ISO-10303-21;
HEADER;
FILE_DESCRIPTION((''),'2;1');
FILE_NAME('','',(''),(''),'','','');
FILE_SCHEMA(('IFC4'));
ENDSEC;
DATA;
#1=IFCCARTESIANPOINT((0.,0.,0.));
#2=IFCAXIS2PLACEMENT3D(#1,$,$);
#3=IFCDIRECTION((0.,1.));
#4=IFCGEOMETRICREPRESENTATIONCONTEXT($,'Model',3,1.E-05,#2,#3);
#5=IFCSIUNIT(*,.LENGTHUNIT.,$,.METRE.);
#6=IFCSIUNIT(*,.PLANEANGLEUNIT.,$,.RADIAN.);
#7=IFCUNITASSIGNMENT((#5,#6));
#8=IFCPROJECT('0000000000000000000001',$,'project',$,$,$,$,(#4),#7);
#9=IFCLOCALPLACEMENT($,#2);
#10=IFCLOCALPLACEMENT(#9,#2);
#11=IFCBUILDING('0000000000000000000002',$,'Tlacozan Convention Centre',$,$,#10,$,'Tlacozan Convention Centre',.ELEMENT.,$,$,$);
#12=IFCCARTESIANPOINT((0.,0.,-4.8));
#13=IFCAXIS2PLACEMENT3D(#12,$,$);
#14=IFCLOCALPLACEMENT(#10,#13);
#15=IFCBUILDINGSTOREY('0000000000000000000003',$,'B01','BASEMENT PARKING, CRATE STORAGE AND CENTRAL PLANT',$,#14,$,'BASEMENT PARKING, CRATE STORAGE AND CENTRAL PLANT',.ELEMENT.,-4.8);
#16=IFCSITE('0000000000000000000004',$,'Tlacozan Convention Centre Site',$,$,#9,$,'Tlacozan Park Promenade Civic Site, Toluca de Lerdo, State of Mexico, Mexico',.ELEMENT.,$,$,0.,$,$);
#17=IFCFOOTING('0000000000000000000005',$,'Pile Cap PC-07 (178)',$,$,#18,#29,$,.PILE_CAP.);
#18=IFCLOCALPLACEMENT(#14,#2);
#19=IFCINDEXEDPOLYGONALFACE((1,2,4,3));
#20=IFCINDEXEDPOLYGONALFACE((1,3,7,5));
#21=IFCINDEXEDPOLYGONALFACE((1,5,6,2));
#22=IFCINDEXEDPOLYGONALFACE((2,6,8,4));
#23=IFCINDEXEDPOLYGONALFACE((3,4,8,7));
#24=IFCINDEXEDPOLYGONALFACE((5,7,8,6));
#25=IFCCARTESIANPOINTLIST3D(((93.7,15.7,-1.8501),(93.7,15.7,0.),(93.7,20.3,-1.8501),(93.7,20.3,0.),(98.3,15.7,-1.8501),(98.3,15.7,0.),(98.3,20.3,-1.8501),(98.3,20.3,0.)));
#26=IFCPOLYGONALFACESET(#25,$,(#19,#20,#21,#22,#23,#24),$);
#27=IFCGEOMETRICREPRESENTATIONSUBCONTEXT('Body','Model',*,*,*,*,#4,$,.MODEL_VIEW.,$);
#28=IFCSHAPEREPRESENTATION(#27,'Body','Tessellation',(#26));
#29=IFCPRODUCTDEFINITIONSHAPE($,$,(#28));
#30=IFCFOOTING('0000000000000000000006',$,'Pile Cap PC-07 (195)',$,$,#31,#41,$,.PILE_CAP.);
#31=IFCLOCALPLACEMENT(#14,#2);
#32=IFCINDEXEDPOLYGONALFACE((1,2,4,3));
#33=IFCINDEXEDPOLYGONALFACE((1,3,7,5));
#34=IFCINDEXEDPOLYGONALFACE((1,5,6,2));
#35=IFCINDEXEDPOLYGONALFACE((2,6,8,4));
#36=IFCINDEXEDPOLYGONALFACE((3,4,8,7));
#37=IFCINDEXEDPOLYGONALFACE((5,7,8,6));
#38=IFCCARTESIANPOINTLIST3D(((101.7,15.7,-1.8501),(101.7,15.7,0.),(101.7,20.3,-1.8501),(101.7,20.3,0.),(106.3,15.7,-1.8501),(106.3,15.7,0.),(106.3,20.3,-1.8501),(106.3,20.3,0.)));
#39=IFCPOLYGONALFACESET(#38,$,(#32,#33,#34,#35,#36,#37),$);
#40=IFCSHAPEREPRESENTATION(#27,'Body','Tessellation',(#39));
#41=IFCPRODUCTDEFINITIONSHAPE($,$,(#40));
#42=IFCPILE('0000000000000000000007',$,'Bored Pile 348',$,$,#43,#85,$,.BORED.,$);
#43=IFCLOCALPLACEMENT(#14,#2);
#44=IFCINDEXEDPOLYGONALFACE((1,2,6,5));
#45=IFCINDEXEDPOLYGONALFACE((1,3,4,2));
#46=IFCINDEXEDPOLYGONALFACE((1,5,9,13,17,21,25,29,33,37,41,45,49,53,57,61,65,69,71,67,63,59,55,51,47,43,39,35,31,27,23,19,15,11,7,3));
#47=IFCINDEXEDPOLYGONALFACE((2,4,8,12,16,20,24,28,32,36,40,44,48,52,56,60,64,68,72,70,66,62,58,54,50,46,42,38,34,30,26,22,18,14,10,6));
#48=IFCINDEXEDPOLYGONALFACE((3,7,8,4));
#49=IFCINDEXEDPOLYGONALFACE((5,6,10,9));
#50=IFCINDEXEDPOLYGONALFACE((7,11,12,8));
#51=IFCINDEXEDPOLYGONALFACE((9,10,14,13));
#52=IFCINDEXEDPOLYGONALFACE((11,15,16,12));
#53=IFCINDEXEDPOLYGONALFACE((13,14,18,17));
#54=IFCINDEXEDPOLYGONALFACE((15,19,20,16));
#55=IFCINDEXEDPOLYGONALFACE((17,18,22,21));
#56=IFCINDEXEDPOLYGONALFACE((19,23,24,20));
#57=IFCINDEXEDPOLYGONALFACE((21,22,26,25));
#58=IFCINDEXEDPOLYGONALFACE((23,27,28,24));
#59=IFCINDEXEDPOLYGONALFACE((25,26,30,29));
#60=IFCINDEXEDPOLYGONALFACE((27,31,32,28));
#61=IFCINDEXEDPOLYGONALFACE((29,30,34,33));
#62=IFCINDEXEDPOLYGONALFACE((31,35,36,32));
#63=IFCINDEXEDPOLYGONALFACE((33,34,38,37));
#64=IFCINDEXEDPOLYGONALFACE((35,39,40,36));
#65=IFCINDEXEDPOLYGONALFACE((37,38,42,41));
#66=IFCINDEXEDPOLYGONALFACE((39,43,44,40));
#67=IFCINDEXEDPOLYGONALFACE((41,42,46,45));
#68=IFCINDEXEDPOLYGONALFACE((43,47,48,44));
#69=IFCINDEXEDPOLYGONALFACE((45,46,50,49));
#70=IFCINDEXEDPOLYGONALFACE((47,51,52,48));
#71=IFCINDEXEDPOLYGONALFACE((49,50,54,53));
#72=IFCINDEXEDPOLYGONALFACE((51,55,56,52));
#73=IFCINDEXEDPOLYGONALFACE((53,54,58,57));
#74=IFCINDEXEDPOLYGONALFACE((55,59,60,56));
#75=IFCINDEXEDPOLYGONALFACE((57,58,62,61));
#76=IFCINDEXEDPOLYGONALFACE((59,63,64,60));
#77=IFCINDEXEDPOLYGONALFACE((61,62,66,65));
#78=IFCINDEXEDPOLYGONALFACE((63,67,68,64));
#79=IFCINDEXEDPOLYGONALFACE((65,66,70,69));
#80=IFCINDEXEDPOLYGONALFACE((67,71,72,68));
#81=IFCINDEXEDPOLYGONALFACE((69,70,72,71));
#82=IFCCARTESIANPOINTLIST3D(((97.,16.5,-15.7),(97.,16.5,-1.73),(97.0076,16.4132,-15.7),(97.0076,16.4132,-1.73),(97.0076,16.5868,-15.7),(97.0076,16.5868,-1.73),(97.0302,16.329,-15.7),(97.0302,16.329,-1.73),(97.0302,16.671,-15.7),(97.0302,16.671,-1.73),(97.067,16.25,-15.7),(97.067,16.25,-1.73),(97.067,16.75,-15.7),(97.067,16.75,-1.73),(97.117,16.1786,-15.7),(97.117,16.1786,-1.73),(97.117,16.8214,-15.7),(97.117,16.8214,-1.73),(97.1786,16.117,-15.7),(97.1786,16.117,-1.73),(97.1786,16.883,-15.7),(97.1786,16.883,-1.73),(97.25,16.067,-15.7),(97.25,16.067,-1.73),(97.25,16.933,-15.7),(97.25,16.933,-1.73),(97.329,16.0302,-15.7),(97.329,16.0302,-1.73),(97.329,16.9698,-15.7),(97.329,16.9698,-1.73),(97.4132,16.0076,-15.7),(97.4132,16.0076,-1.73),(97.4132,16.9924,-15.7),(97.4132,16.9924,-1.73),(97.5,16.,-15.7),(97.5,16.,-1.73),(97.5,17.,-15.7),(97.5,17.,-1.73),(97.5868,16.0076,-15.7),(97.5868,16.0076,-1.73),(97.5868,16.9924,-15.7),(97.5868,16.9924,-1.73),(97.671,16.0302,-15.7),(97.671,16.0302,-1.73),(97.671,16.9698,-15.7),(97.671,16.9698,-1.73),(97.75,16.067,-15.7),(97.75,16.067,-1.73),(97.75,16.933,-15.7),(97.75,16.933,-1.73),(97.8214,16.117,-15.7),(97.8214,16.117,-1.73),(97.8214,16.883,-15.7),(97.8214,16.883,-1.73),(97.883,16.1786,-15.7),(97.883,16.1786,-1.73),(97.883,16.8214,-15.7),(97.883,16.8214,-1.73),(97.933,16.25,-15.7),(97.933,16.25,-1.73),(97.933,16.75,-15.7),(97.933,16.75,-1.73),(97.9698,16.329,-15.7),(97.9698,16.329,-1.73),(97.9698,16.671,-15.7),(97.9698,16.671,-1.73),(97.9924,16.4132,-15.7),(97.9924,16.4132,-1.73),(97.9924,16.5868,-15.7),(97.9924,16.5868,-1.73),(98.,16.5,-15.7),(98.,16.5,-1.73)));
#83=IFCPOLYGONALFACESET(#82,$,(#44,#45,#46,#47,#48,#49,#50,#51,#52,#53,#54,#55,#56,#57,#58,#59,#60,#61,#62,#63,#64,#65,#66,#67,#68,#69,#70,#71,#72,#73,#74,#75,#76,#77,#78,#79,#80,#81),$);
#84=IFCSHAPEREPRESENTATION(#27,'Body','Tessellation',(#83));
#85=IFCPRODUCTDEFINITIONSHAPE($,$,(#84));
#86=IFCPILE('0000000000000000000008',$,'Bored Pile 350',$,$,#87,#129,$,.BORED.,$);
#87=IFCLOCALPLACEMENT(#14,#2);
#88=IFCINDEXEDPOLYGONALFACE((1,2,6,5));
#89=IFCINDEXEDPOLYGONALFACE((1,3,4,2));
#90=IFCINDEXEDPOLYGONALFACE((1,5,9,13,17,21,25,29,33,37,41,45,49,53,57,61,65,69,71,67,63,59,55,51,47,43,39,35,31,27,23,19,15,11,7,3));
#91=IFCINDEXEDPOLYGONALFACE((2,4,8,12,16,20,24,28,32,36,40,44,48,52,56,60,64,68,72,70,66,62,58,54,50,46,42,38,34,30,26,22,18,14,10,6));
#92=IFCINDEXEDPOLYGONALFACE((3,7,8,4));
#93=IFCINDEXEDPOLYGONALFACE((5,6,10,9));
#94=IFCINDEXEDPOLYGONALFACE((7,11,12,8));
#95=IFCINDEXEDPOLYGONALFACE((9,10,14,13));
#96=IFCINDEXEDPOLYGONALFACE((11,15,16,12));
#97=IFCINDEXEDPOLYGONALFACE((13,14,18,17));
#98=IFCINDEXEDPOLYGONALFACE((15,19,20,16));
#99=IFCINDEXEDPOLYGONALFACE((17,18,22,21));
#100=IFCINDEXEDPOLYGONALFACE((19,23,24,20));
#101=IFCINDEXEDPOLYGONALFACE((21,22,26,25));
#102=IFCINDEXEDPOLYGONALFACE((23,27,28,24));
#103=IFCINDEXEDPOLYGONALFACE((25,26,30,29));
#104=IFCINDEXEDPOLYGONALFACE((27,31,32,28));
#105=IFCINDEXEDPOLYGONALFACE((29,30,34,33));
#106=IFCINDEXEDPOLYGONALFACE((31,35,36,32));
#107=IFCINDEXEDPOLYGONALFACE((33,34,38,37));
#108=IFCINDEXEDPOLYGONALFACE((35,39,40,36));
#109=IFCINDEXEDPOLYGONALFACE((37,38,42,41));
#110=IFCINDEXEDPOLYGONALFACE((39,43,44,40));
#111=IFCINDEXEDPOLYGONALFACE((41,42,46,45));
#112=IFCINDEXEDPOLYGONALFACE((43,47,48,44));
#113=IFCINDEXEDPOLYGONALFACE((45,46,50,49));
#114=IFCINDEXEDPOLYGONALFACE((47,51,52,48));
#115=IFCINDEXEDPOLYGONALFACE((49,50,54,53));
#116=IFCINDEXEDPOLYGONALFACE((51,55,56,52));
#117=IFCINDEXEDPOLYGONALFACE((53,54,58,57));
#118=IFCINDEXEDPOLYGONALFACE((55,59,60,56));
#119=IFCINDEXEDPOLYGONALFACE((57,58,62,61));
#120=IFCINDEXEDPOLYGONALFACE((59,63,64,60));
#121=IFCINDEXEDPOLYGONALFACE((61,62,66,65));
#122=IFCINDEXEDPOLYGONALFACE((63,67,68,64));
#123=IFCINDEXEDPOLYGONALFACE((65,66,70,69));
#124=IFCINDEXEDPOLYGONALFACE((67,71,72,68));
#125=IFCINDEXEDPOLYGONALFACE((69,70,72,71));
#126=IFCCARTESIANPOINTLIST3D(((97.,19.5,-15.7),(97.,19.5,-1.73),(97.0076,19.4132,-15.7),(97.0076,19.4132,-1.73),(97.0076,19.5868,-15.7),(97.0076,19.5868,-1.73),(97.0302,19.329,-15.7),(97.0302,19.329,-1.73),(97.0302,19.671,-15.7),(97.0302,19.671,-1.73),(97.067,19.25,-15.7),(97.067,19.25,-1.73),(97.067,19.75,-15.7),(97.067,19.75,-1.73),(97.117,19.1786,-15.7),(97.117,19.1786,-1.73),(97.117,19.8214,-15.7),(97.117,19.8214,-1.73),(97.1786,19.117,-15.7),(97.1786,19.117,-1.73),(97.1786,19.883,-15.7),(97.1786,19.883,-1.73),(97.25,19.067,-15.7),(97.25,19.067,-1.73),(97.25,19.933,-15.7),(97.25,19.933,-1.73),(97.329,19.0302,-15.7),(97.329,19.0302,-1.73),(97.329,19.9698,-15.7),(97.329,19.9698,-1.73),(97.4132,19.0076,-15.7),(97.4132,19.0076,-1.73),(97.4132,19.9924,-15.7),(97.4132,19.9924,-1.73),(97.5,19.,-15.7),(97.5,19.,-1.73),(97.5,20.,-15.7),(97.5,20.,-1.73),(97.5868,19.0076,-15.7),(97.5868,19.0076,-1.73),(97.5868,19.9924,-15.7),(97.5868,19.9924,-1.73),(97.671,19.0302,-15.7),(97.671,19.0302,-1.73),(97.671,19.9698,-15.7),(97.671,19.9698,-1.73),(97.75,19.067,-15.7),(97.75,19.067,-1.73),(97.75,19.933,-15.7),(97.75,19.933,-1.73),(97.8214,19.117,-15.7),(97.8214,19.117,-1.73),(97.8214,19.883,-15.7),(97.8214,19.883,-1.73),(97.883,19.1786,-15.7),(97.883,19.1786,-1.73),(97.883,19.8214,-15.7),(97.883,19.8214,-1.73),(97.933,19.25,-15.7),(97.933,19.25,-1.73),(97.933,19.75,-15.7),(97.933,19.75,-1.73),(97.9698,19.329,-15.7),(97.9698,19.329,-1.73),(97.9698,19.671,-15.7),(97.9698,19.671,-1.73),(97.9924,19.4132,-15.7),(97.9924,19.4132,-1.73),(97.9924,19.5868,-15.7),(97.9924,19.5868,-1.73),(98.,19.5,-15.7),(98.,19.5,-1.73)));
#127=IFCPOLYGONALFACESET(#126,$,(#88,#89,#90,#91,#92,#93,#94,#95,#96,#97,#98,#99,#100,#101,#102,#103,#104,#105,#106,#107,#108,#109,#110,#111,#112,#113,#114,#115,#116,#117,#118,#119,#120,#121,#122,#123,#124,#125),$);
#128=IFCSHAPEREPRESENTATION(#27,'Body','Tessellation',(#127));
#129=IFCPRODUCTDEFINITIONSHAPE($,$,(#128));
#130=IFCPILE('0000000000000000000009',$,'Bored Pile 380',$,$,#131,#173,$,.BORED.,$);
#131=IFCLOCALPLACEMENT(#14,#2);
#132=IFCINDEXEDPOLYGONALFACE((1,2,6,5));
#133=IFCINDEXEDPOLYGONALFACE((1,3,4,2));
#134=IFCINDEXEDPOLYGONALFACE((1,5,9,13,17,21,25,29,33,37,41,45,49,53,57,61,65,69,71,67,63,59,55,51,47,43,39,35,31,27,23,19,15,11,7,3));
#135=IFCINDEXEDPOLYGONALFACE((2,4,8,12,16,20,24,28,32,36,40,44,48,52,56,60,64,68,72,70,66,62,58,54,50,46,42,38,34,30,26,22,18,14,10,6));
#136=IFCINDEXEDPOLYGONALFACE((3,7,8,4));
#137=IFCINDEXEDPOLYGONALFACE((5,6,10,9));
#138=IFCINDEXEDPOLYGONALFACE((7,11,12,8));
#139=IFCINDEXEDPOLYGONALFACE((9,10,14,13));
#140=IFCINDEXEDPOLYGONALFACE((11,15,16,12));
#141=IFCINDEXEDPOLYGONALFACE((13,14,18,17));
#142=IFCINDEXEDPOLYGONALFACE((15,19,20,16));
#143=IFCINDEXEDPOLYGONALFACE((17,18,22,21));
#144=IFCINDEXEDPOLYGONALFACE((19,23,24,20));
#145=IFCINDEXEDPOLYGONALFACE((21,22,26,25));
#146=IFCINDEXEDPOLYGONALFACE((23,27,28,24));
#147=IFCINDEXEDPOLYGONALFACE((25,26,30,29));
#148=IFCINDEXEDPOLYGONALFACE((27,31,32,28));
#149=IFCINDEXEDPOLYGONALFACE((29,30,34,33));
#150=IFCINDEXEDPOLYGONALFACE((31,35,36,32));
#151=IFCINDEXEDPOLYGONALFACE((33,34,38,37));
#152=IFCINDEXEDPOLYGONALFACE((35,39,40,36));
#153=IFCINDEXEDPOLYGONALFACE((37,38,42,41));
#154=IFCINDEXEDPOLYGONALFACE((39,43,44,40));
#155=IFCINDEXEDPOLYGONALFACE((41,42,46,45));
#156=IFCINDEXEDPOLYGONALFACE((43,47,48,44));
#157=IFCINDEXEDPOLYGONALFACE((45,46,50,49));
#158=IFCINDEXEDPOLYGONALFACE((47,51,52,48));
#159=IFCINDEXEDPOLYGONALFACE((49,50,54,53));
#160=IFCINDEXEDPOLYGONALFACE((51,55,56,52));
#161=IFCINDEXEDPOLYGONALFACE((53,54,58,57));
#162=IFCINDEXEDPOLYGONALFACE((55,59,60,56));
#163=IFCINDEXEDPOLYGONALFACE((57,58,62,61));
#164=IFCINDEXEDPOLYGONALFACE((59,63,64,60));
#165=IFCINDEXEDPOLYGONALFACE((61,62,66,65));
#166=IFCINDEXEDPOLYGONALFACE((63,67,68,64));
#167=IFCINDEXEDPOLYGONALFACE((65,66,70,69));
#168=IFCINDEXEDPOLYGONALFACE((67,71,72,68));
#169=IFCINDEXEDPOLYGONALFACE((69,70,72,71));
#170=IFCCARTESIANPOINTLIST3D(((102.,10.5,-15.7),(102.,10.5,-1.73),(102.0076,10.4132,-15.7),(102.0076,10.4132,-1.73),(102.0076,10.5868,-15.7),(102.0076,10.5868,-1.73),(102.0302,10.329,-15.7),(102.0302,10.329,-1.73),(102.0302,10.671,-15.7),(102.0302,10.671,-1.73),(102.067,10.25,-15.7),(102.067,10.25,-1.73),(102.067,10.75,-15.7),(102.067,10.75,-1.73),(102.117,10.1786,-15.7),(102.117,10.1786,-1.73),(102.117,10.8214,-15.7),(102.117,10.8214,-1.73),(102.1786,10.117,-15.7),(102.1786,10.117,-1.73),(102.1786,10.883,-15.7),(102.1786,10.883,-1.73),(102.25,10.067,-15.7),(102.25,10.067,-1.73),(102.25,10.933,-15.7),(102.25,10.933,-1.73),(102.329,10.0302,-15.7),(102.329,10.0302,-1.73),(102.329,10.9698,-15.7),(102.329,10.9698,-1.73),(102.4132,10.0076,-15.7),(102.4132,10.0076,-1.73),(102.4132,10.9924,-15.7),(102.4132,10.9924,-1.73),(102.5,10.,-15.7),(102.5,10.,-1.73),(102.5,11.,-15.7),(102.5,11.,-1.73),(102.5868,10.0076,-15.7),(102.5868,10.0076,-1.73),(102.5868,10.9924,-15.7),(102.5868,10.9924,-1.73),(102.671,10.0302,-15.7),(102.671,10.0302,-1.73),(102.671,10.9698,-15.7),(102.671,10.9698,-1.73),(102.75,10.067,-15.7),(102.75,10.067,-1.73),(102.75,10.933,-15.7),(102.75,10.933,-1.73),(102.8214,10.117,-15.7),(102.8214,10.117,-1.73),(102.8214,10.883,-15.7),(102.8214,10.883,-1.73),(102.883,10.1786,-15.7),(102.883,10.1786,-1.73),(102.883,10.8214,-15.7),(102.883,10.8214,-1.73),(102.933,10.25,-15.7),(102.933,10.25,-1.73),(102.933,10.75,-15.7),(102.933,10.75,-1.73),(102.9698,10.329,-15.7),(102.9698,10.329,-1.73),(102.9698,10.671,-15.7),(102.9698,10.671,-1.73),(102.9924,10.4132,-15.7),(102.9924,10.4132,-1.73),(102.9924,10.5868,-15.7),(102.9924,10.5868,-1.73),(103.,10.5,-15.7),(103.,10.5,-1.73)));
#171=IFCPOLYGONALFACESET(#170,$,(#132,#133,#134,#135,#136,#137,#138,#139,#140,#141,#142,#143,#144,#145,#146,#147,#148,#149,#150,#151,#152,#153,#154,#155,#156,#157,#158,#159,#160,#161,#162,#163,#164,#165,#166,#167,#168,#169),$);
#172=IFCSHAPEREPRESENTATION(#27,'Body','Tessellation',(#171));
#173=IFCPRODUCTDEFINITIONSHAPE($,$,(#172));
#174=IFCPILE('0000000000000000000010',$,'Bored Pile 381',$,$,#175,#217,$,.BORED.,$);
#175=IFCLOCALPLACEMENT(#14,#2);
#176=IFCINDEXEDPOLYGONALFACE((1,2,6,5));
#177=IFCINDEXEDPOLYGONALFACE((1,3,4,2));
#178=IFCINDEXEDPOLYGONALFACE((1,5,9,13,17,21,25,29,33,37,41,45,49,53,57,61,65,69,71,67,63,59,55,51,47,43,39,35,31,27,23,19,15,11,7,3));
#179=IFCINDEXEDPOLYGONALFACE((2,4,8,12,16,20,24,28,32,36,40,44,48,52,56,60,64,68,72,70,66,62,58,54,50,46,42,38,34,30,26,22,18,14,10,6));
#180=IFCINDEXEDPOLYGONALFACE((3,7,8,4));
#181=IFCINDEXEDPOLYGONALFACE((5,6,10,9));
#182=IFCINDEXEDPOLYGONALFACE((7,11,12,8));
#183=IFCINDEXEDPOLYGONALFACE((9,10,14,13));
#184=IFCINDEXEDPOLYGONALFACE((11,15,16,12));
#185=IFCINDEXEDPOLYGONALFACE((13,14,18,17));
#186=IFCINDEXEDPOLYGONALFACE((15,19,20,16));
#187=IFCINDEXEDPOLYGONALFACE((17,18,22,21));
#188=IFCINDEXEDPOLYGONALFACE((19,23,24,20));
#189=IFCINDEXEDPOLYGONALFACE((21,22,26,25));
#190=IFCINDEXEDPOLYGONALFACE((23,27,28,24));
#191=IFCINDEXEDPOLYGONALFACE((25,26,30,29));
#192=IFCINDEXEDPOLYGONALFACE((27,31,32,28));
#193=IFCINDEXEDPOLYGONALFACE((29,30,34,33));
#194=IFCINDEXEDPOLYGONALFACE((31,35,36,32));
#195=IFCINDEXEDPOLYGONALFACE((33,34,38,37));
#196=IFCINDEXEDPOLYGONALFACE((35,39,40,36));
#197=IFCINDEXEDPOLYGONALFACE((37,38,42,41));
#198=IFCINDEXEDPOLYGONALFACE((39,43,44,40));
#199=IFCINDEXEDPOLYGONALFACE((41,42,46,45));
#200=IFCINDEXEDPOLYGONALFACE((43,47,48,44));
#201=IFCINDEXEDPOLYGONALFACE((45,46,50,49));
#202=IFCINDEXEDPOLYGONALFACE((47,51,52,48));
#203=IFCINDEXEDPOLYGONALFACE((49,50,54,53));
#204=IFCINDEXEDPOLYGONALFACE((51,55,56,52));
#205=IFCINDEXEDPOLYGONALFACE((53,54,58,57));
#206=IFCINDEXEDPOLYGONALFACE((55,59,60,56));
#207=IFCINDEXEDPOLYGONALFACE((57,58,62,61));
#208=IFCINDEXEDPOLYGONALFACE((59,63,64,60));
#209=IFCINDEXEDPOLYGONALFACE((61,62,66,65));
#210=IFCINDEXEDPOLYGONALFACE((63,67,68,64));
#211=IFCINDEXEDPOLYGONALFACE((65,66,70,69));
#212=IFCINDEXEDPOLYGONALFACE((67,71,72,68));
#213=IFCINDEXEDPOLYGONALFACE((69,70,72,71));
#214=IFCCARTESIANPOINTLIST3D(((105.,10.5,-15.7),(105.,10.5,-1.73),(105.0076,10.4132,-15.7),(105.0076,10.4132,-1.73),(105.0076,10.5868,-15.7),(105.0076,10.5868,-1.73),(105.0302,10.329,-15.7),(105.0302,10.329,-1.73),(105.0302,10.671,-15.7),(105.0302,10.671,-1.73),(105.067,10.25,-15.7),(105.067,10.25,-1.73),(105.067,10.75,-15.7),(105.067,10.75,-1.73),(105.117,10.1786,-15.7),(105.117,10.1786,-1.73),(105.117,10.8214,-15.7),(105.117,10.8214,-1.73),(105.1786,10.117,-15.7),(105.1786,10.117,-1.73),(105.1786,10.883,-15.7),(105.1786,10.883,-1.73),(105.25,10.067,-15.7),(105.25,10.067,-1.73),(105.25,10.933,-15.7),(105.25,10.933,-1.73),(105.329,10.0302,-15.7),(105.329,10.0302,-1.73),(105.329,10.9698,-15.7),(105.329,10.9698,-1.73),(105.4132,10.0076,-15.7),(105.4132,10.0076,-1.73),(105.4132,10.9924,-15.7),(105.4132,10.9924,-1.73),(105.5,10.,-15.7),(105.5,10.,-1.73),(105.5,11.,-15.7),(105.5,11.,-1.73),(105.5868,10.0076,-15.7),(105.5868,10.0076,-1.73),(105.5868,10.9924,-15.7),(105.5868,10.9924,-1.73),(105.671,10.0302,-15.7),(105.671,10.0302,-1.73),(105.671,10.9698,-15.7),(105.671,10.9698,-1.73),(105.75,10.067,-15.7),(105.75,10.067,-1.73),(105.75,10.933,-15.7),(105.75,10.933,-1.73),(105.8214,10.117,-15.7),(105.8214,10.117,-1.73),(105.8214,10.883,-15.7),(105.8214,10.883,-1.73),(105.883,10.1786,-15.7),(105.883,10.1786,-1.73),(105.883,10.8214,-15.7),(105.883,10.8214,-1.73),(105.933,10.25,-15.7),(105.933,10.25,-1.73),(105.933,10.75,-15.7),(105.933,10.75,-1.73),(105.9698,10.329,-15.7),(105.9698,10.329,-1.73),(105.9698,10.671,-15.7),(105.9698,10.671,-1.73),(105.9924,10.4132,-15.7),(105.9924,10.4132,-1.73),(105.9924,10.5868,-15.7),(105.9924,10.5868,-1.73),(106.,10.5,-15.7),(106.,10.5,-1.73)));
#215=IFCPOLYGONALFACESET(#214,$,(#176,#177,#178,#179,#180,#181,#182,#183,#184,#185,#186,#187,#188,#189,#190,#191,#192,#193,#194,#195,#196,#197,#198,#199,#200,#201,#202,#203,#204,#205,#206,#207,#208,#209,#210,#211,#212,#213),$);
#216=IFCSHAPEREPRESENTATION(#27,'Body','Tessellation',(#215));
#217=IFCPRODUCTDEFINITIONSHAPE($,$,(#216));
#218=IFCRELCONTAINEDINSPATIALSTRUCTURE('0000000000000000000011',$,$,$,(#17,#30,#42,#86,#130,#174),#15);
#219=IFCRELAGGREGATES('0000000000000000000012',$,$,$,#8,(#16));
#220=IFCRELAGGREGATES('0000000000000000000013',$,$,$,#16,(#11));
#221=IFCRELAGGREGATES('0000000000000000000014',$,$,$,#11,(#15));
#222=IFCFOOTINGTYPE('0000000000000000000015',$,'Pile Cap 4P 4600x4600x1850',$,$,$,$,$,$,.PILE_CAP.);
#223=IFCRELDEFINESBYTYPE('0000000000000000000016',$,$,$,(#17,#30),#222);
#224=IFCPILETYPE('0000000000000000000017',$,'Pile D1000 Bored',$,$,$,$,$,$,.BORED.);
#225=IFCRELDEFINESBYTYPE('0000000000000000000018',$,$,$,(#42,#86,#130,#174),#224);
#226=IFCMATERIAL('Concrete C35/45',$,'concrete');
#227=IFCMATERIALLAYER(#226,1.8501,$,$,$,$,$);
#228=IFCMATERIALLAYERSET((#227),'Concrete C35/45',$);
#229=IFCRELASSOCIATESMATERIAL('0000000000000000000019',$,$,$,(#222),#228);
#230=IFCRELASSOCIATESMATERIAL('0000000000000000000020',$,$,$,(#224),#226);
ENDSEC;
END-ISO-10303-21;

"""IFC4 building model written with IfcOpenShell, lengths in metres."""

from ifc_helpers import new_model, si_unit, direction, frame, origin, origin_2d, place, context, subcontext, project, spatial, rectangle, circle, extrude, material, layer, layer_set, material_profile, profile_set, type_object, element, save


model = new_model("IFC4")

# Units and contexts
model_context = context("Model", 3, precision=1e-05, world=origin(), true_north=direction((0.0, 1.0)))
body_context = subcontext(model_context, "Body", "Model", "MODEL_VIEW")
ifc_project = project(units=[si_unit("LENGTHUNIT", "METRE"), si_unit("PLANEANGLEUNIT", "RADIAN")], contexts=[model_context])

# Site, building, storey
site_placement = place(None, origin())
site = spatial("IfcSite", under=ifc_project, at=site_placement, Name="Tlacozan Convention Centre Site", LongName="Tlacozan Park Promenade Civic Site, Toluca de Lerdo, State of Mexico, Mexico", CompositionType="ELEMENT", RefElevation=0.0)
building_placement = place(site_placement, origin())
building = spatial("IfcBuilding", under=site, at=building_placement, Name="Tlacozan Convention Centre", LongName="Tlacozan Convention Centre", CompositionType="ELEMENT")
storey_placement = place(building_placement, frame((0.0, 0.0, -4.8)))
storey = spatial("IfcBuildingStorey", under=building, at=storey_placement, Name="B01", Description="BASEMENT PARKING, CRATE STORAGE AND CENTRAL PLANT", LongName="BASEMENT PARKING, CRATE STORAGE AND CENTRAL PLANT", CompositionType="ELEMENT", Elevation=-4.8)

# Footings
ifc_material_1 = material(Name="Concrete C35/45", Category="concrete")
ifc_layer_1 = layer(ifc_material_1, 1.8501)
ifc_layer_set_1 = layer_set([ifc_layer_1], Name="Concrete C35/45")
footing_type = type_object("IfcFootingType", Name="Pile Cap 4P 4600x4600x1850", PredefinedType="PILE_CAP", material=ifc_layer_set_1)
for number, where, z_axis, x_axis, name in (
    (1, (96.0, 18.0, -1.8501), (0.0, 0.0, 1.0), (1.0, 0.0, 0.0), "Pile Cap PC-07 (178)"),
    (2, (104.0, 18.0, -1.8501), (0.0, 0.0, 1.0), (1.0, 0.0, 0.0), "Pile Cap PC-07 (195)"),
):
    element("IfcFooting", number, at=place(storey_placement, frame(where, z_axis=z_axis, x_axis=x_axis)), inside=storey, type_object=footing_type, Name=name, PredefinedType="PILE_CAP", context=body_context, shape_type="SweptSolid", body=[
        extrude(rectangle(XDim=4.6001, YDim=4.6001, at=origin_2d()), origin(), (0.0, 0.0, 1.0), 1.8501),
    ])

# Piles
ifc_material_profile_1 = material_profile(ifc_material_1, circle(Radius=0.5, at=origin_2d()), Name="PILE D1000")
ifc_profile_set_1 = profile_set([ifc_material_profile_1], Name="Concrete C35/45")
pile_type = type_object("IfcPileType", Name="Pile D1000 Bored", PredefinedType="BORED", material=ifc_profile_set_1)
for number, where, z_axis, x_axis, name in (
    (3, (97.5, 16.5, -1.73), (0.0, 0.0, -1.0), (1.0, 0.0, 0.0), "Bored Pile 348"),
    (4, (97.5, 19.5, -1.73), (0.0, 0.0, -1.0), (1.0, 0.0, 0.0), "Bored Pile 350"),
    (5, (102.5, 10.5, -1.73), (0.0, 0.0, -1.0), (1.0, 0.0, 0.0), "Bored Pile 380"),
    (6, (105.5, 10.5, -1.73), (0.0, 0.0, -1.0), (1.0, 0.0, 0.0), "Bored Pile 381"),
):
    element("IfcPile", number, at=place(storey_placement, frame(where, z_axis=z_axis, x_axis=x_axis)), inside=storey, type_object=pile_type, Name=name, PredefinedType="BORED", context=body_context, shape_type="SweptSolid", body=[
        extrude(circle(Radius=0.5, at=origin_2d()), origin(), (0.0, 0.0, 1.0), 13.97),
    ])

save(model, "model.ifc")
